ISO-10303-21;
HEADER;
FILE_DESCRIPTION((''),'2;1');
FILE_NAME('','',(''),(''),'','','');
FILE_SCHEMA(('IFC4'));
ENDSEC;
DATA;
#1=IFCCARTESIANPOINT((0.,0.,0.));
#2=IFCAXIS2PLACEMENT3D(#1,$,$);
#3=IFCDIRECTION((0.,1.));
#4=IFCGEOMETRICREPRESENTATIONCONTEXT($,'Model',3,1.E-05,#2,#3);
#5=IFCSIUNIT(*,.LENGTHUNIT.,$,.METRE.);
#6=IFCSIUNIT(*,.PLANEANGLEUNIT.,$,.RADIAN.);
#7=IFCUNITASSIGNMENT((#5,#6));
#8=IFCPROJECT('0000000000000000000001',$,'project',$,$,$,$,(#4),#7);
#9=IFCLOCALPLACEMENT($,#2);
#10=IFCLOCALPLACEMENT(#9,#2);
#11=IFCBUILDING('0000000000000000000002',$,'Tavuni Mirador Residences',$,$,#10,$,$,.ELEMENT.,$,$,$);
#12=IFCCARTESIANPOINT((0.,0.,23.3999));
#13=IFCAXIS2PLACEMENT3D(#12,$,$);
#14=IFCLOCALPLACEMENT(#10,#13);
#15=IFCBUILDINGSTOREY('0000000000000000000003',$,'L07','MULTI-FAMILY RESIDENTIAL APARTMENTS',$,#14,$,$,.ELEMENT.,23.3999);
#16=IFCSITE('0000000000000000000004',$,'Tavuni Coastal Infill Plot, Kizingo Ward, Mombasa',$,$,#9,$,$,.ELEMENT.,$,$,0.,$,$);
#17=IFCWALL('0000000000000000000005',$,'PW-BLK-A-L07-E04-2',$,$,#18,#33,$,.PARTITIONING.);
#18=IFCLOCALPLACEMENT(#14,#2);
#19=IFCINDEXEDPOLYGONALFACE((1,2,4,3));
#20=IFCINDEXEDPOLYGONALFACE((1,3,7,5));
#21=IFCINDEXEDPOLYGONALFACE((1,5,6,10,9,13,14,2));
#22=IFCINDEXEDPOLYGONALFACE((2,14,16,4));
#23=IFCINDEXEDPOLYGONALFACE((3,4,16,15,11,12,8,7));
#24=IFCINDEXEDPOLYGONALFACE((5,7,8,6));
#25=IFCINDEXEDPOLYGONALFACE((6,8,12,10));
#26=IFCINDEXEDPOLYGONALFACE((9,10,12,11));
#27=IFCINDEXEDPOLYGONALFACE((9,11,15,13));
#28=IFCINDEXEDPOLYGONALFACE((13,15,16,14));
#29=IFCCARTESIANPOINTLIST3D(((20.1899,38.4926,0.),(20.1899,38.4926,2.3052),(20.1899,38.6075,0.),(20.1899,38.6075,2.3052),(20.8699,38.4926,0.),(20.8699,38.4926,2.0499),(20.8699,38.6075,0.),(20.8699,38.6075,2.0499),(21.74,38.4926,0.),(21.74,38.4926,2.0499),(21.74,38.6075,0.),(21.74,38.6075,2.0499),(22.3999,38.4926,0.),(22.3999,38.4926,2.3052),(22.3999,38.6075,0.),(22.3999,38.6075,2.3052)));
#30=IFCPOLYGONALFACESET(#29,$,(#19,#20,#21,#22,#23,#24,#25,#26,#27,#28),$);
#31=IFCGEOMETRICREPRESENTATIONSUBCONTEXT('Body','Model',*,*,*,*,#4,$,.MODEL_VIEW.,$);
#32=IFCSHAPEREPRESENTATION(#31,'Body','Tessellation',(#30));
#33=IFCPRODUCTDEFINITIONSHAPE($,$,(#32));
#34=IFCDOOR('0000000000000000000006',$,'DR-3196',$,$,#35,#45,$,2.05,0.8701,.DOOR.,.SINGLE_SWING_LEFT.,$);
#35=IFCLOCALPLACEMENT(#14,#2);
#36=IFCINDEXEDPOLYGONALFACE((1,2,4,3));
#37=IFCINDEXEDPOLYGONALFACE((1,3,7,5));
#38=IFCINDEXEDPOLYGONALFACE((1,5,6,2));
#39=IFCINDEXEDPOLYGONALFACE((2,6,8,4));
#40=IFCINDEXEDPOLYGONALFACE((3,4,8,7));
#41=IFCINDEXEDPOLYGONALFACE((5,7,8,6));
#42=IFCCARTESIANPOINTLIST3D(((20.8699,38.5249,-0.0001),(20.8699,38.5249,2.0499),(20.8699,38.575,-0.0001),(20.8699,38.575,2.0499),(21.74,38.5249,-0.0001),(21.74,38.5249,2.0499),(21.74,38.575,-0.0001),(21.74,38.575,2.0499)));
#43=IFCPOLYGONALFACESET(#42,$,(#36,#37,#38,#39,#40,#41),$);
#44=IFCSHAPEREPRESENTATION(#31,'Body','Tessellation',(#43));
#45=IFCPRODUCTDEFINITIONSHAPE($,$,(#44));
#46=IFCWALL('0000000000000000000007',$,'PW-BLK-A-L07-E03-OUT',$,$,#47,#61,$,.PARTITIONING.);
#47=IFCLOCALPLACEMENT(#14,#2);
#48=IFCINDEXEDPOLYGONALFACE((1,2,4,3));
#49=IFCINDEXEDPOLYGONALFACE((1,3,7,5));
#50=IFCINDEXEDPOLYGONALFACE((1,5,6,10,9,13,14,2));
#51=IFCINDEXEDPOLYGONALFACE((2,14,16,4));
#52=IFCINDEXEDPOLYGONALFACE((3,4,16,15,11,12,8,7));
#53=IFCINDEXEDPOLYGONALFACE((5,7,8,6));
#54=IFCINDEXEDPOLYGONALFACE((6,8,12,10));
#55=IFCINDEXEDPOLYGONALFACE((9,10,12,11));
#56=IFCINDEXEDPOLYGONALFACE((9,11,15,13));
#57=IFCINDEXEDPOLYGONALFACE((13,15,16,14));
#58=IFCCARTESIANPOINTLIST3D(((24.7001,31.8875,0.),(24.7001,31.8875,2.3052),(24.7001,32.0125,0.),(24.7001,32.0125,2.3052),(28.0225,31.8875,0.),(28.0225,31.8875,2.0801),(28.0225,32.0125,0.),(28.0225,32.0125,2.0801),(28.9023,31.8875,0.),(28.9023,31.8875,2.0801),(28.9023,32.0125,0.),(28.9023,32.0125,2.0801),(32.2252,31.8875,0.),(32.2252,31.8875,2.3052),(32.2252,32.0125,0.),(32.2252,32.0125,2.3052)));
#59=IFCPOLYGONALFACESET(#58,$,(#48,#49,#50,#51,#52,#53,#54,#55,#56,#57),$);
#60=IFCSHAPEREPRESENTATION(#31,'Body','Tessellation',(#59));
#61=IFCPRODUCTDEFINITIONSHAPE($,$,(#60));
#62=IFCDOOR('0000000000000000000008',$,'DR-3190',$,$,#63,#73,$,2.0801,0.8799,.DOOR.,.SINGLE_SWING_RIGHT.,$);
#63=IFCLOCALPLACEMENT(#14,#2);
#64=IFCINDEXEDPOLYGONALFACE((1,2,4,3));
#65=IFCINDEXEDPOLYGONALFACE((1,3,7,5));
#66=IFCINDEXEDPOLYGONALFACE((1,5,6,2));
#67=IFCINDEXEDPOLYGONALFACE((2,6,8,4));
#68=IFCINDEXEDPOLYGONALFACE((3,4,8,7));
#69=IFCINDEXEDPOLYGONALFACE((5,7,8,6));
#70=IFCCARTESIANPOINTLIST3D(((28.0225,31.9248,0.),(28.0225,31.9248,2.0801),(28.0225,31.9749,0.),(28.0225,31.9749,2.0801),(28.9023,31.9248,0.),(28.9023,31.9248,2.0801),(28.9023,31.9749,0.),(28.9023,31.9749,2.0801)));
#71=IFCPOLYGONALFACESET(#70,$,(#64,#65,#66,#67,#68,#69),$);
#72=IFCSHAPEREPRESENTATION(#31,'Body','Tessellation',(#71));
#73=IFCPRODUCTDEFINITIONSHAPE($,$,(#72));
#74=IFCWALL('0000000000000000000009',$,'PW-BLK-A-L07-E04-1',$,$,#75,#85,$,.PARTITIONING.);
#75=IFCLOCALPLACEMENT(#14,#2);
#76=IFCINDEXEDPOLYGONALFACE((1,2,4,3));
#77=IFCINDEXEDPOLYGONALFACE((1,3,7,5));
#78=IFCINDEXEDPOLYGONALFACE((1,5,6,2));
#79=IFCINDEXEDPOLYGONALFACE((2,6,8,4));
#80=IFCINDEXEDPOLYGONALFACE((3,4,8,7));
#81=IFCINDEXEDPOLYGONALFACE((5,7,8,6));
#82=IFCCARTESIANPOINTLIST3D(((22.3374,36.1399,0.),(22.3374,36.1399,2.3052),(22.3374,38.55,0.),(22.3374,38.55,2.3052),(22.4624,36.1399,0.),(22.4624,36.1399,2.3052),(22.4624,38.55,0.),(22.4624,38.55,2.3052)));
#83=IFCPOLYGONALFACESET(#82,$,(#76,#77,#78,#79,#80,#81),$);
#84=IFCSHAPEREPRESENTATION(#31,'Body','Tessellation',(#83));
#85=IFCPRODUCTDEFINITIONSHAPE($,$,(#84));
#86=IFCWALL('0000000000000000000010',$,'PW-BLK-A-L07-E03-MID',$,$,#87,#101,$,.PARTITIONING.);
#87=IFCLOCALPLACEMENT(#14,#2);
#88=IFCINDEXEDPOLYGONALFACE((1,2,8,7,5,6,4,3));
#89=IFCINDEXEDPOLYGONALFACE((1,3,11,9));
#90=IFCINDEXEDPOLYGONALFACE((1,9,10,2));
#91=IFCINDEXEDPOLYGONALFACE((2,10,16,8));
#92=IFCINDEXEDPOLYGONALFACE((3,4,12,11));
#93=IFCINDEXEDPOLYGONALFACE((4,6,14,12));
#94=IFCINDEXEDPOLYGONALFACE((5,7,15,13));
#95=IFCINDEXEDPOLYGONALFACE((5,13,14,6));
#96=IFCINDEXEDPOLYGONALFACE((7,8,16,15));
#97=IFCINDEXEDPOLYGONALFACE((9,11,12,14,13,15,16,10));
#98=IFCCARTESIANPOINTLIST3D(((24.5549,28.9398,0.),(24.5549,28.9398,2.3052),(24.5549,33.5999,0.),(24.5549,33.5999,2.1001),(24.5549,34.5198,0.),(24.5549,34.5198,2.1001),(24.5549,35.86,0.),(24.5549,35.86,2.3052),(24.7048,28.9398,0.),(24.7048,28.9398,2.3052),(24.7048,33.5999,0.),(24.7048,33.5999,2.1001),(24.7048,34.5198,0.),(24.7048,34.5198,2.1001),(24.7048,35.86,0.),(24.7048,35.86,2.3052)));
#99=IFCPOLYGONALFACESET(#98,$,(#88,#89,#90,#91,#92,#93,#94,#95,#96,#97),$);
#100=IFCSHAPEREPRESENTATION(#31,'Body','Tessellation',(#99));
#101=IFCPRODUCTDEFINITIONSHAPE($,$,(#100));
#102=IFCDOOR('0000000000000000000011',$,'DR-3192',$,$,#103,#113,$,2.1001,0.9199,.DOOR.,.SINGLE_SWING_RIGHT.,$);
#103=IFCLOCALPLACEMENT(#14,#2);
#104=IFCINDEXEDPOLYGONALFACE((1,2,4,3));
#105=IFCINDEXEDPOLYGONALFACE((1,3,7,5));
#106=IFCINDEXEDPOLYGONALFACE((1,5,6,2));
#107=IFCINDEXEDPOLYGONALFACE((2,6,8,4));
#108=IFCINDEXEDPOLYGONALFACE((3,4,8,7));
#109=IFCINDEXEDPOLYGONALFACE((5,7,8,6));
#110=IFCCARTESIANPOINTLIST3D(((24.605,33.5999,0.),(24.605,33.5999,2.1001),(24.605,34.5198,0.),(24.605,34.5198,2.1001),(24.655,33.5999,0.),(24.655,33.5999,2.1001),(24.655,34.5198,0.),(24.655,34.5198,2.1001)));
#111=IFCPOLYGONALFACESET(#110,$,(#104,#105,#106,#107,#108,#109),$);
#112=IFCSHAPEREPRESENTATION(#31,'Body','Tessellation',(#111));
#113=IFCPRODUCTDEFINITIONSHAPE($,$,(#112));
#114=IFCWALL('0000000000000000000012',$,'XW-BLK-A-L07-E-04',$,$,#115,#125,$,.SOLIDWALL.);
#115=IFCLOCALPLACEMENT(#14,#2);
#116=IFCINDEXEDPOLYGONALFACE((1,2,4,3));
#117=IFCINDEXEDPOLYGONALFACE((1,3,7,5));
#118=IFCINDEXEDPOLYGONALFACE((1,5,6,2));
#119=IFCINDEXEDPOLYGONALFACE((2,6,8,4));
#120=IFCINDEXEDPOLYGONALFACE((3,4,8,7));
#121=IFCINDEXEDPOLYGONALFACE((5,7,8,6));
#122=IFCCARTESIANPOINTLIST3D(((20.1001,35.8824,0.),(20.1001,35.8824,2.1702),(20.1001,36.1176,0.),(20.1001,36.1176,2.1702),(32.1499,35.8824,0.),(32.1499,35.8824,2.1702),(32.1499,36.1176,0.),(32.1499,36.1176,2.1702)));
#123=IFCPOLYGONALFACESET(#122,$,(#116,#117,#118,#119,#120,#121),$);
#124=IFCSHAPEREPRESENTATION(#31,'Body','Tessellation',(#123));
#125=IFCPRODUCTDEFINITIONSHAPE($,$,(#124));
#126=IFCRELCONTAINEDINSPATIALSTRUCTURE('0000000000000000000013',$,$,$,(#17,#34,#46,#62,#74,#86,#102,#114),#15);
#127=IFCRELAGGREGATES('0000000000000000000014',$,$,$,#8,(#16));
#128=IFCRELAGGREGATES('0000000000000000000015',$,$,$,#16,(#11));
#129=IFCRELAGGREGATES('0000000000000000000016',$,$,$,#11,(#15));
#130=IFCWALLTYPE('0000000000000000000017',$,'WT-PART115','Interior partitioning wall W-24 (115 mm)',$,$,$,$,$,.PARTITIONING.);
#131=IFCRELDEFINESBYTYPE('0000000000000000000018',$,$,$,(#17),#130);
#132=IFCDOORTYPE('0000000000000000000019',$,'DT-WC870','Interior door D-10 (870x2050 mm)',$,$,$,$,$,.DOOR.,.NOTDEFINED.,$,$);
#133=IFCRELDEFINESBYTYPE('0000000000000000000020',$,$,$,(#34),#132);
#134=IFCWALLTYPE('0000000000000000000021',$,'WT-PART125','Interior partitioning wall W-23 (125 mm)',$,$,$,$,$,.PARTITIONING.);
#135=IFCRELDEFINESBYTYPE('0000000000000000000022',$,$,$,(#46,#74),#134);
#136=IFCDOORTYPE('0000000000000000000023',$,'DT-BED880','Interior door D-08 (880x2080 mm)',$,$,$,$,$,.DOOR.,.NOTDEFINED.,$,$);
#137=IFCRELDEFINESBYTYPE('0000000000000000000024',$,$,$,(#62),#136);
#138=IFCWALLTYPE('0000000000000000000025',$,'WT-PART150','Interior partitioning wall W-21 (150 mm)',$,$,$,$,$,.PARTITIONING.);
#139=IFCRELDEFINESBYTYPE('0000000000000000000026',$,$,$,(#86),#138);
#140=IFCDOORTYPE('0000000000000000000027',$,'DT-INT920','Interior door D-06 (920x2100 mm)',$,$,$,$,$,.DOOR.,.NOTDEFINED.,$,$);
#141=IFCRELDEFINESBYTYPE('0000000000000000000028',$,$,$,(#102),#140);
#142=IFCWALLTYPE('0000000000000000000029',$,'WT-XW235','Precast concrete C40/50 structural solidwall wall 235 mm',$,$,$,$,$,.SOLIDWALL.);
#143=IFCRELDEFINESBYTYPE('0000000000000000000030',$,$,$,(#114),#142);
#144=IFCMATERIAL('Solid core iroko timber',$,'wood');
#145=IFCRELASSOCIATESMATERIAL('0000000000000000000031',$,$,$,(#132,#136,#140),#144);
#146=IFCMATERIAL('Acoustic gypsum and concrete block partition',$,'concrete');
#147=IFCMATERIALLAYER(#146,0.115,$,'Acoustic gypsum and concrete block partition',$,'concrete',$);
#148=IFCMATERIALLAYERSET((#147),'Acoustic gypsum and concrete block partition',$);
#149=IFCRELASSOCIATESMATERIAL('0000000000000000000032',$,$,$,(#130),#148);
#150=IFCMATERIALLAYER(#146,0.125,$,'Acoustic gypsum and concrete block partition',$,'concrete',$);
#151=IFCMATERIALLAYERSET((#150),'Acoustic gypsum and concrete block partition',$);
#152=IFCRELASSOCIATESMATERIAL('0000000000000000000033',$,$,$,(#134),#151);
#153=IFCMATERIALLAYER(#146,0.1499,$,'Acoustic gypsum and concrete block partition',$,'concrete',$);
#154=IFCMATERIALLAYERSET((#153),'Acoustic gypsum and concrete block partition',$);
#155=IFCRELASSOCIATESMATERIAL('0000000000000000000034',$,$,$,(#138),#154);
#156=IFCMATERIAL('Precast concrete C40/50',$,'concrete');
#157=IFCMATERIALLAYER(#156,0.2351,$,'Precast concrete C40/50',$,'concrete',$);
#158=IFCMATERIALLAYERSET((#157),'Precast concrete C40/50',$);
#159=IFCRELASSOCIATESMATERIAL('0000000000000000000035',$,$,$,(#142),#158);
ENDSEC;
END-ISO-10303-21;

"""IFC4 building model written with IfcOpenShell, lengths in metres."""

from ifc_helpers import new_model, si_unit, direction, frame, frame_2d, origin, place, context, subcontext, project, spatial, rectangle, extrude, material, layer, layer_set, type_object, element, fill, save


model = new_model("IFC4")

# Units and contexts
model_context = context("Model", 3, precision=1e-05, world=origin(), true_north=direction((0.0, 1.0)))
body_context = subcontext(model_context, "Body", "Model", "MODEL_VIEW")
ifc_project = project(units=[si_unit("LENGTHUNIT", "METRE"), si_unit("PLANEANGLEUNIT", "RADIAN")], contexts=[model_context])

# Site, building, storey
site_placement = place(None, origin())
site = spatial("IfcSite", under=ifc_project, at=site_placement, Name="Tavuni Coastal Infill Plot, Kizingo Ward, Mombasa", CompositionType="ELEMENT", RefElevation=0.0)
building_placement = place(site_placement, origin())
building = spatial("IfcBuilding", under=site, at=building_placement, Name="Tavuni Mirador Residences", CompositionType="ELEMENT")
storey_placement = place(building_placement, frame((0.0, 0.0, 23.3999)))
storey = spatial("IfcBuildingStorey", under=building, at=storey_placement, Name="L07", Description="MULTI-FAMILY RESIDENTIAL APARTMENTS", CompositionType="ELEMENT", Elevation=23.3999)

# Shared definitions
ifc_material_1 = material(Name="Precast concrete C40/50", Category="concrete")

# Walls, openings, doors
ifc_material_2 = material(Name="Solid core iroko timber", Category="wood")
ifc_material_3 = material(Name="Acoustic gypsum and concrete block partition", Category="concrete")
door_type_1 = type_object("IfcDoorType", Name="DT-WC870", Description="Interior door D-10 (870x2050 mm)", OperationType="NOTDEFINED", PredefinedType="DOOR", material=ifc_material_2)
ifc_layer_1 = layer(ifc_material_3, 0.115, Name="Acoustic gypsum and concrete block partition", Category="concrete")
ifc_layer_set_1 = layer_set([ifc_layer_1], Name="Acoustic gypsum and concrete block partition")
wall_type_1 = type_object("IfcWallType", Name="WT-PART115", Description="Interior partitioning wall W-24 (115 mm)", PredefinedType="PARTITIONING", material=ifc_layer_set_1)
wall_1_placement = place(storey_placement, frame((20.1899, 38.55, 0.0), z_axis=(0.0, 0.0, 1.0), x_axis=(1.0, 0.0, 0.0)))
wall_1 = element("IfcWall", 1, at=wall_1_placement, inside=storey, type_object=wall_type_1, Name="PW-BLK-A-L07-E04-2", PredefinedType="PARTITIONING", context=body_context, shape_type="SweptSolid", body=[
    extrude(rectangle(XDim=2.21, YDim=0.115, at=frame_2d((1.105, 0.0))), origin(), (0.0, 0.0, 1.0), 2.3052),
])
opening_1_placement = place(wall_1_placement, frame((0.6799, 0.0, 0.0)))
opening_1 = element("IfcOpeningElement", 2, at=opening_1_placement, cuts=wall_1, PredefinedType="OPENING", context=body_context, shape_type="SweptSolid", body=[
    extrude(rectangle(XDim=0.8701, YDim=2.05, at=frame_2d((0.4351, 1.0249))), frame((0.0, 0.0674, 0.0), z_axis=(0.0, -1.0, 0.0), x_axis=(1.0, 0.0, 0.0)), (0.0, 0.0, 1.0), 0.135),
])
door_1_placement = place(opening_1_placement, origin())
door_1 = element("IfcDoor", 3, at=door_1_placement, inside=storey, type_object=door_type_1, Name="DR-3196", OperationType="SINGLE_SWING_LEFT", OverallHeight=2.05, OverallWidth=0.8701, PredefinedType="DOOR", context=body_context, shape_type="SweptSolid", body=[
    extrude(rectangle(XDim=0.8701, YDim=2.05, at=frame_2d((0.4351, 1.0249))), frame((0.0, 0.0249, 0.0), z_axis=(0.0, -1.0, 0.0), x_axis=(1.0, 0.0, 0.0)), (0.0, 0.0, 1.0), 0.05),
])
fill(opening_1, door_1)
ifc_layer_2 = layer(ifc_material_3, 0.125, Name="Acoustic gypsum and concrete block partition", Category="concrete")
ifc_layer_set_2 = layer_set([ifc_layer_2], Name="Acoustic gypsum and concrete block partition")
wall_type_2 = type_object("IfcWallType", Name="WT-PART125", Description="Interior partitioning wall W-23 (125 mm)", PredefinedType="PARTITIONING", material=ifc_layer_set_2)
wall_2_placement = place(storey_placement, frame((24.7, 31.95, 0.0), z_axis=(0.0, 0.0, 1.0), x_axis=(1.0, 0.0, 0.0)))
wall_2 = element("IfcWall", 4, at=wall_2_placement, inside=storey, type_object=wall_type_2, Name="PW-BLK-A-L07-E03-OUT", PredefinedType="PARTITIONING", context=body_context, shape_type="SweptSolid", body=[
    extrude(rectangle(XDim=7.5251, YDim=0.125, at=frame_2d((3.7627, 0.0))), origin(), (0.0, 0.0, 1.0), 2.3052),
])
opening_2_placement = place(wall_2_placement, frame((3.3225, 0.0, 0.0)))
opening_2 = element("IfcOpeningElement", 5, at=opening_2_placement, cuts=wall_2, PredefinedType="OPENING", context=body_context, shape_type="SweptSolid", body=[
    extrude(rectangle(XDim=0.8799, YDim=2.0801, at=frame_2d((0.4399, 1.04))), frame((0.0, 0.0725, 0.0), z_axis=(0.0, -1.0, 0.0), x_axis=(1.0, 0.0, 0.0)), (0.0, 0.0, 1.0), 0.145),
])
door_type_2 = type_object("IfcDoorType", Name="DT-BED880", Description="Interior door D-08 (880x2080 mm)", OperationType="NOTDEFINED", PredefinedType="DOOR", material=ifc_material_2)
door_2_placement = place(opening_2_placement, origin())
door_2 = element("IfcDoor", 6, at=door_2_placement, inside=storey, type_object=door_type_2, Name="DR-3190", OperationType="SINGLE_SWING_RIGHT", OverallHeight=2.0801, OverallWidth=0.8799, PredefinedType="DOOR", context=body_context, shape_type="SweptSolid", body=[
    extrude(rectangle(XDim=0.8799, YDim=2.0801, at=frame_2d((0.4399, 1.04))), frame((0.0, 0.0249, 0.0), z_axis=(0.0, -1.0, 0.0), x_axis=(1.0, 0.0, 0.0)), (0.0, 0.0, 1.0), 0.05),
])
fill(opening_2, door_2)

# Wall
wall_3_placement = place(storey_placement, frame((22.3999, 36.1399, 0.0), z_axis=(0.0, 0.0, 1.0), x_axis=(0.0, 1.0, 0.0)))
element("IfcWall", 7, at=wall_3_placement, inside=storey, type_object=wall_type_2, Name="PW-BLK-A-L07-E04-1", PredefinedType="PARTITIONING", context=body_context, shape_type="SweptSolid", body=[
    extrude(rectangle(XDim=2.4102, YDim=0.125, at=frame_2d((1.2051, 0.0))), origin(), (0.0, 0.0, 1.0), 2.3052),
])

# Wall, opening, door
ifc_layer_3 = layer(ifc_material_3, 0.1499, Name="Acoustic gypsum and concrete block partition", Category="concrete")
ifc_layer_set_3 = layer_set([ifc_layer_3], Name="Acoustic gypsum and concrete block partition")
wall_type_3 = type_object("IfcWallType", Name="WT-PART150", Description="Interior partitioning wall W-21 (150 mm)", PredefinedType="PARTITIONING", material=ifc_layer_set_3)
wall_4_placement = place(storey_placement, frame((24.6299, 28.9399, 0.0), z_axis=(0.0, 0.0, 1.0), x_axis=(0.0, 1.0, 0.0)))
wall_4 = element("IfcWall", 8, at=wall_4_placement, inside=storey, type_object=wall_type_3, Name="PW-BLK-A-L07-E03-MID", PredefinedType="PARTITIONING", context=body_context, shape_type="SweptSolid", body=[
    extrude(rectangle(XDim=6.9202, YDim=0.1499, at=frame_2d((3.46, 0.0))), origin(), (0.0, 0.0, 1.0), 2.3052),
])
opening_3_placement = place(wall_4_placement, frame((4.6599, 0.0, 0.0)))
opening_3 = element("IfcOpeningElement", 9, at=opening_3_placement, cuts=wall_4, PredefinedType="OPENING", context=body_context, shape_type="SweptSolid", body=[
    extrude(rectangle(XDim=0.9199, YDim=2.1001, at=frame_2d((0.46, 1.05))), frame((0.0, 0.085, 0.0), z_axis=(0.0, -1.0, 0.0), x_axis=(1.0, 0.0, 0.0)), (0.0, 0.0, 1.0), 0.1699),
])
door_type_3 = type_object("IfcDoorType", Name="DT-INT920", Description="Interior door D-06 (920x2100 mm)", OperationType="NOTDEFINED", PredefinedType="DOOR", material=ifc_material_2)
door_3_placement = place(opening_3_placement, origin())
door_3 = element("IfcDoor", 10, at=door_3_placement, inside=storey, type_object=door_type_3, Name="DR-3192", OperationType="SINGLE_SWING_RIGHT", OverallHeight=2.1001, OverallWidth=0.9199, PredefinedType="DOOR", context=body_context, shape_type="SweptSolid", body=[
    extrude(rectangle(XDim=0.9199, YDim=2.1001, at=frame_2d((0.46, 1.05))), frame((0.0, 0.0249, 0.0), z_axis=(0.0, -1.0, 0.0), x_axis=(1.0, 0.0, 0.0)), (0.0, 0.0, 1.0), 0.05),
])
fill(opening_3, door_3)

# Wall
ifc_layer_4 = layer(ifc_material_1, 0.2351, Name="Precast concrete C40/50", Category="concrete")
ifc_layer_set_4 = layer_set([ifc_layer_4], Name="Precast concrete C40/50")
wall_type_4 = type_object("IfcWallType", Name="WT-XW235", Description="Precast concrete C40/50 structural solidwall wall 235 mm", PredefinedType="SOLIDWALL", material=ifc_layer_set_4)
wall_5_placement = place(storey_placement, frame((20.1001, 36.0, 0.0), z_axis=(0.0, 0.0, 1.0), x_axis=(1.0, 0.0, 0.0)))
element("IfcWall", 11, at=wall_5_placement, inside=storey, type_object=wall_type_4, Name="XW-BLK-A-L07-E-04", PredefinedType="SOLIDWALL", context=body_context, shape_type="SweptSolid", body=[
    extrude(rectangle(XDim=12.0498, YDim=0.2351, at=frame_2d((6.0249, 0.0))), origin(), (0.0, 0.0, 1.0), 2.1702),
])

save(model, "model.ifc")
